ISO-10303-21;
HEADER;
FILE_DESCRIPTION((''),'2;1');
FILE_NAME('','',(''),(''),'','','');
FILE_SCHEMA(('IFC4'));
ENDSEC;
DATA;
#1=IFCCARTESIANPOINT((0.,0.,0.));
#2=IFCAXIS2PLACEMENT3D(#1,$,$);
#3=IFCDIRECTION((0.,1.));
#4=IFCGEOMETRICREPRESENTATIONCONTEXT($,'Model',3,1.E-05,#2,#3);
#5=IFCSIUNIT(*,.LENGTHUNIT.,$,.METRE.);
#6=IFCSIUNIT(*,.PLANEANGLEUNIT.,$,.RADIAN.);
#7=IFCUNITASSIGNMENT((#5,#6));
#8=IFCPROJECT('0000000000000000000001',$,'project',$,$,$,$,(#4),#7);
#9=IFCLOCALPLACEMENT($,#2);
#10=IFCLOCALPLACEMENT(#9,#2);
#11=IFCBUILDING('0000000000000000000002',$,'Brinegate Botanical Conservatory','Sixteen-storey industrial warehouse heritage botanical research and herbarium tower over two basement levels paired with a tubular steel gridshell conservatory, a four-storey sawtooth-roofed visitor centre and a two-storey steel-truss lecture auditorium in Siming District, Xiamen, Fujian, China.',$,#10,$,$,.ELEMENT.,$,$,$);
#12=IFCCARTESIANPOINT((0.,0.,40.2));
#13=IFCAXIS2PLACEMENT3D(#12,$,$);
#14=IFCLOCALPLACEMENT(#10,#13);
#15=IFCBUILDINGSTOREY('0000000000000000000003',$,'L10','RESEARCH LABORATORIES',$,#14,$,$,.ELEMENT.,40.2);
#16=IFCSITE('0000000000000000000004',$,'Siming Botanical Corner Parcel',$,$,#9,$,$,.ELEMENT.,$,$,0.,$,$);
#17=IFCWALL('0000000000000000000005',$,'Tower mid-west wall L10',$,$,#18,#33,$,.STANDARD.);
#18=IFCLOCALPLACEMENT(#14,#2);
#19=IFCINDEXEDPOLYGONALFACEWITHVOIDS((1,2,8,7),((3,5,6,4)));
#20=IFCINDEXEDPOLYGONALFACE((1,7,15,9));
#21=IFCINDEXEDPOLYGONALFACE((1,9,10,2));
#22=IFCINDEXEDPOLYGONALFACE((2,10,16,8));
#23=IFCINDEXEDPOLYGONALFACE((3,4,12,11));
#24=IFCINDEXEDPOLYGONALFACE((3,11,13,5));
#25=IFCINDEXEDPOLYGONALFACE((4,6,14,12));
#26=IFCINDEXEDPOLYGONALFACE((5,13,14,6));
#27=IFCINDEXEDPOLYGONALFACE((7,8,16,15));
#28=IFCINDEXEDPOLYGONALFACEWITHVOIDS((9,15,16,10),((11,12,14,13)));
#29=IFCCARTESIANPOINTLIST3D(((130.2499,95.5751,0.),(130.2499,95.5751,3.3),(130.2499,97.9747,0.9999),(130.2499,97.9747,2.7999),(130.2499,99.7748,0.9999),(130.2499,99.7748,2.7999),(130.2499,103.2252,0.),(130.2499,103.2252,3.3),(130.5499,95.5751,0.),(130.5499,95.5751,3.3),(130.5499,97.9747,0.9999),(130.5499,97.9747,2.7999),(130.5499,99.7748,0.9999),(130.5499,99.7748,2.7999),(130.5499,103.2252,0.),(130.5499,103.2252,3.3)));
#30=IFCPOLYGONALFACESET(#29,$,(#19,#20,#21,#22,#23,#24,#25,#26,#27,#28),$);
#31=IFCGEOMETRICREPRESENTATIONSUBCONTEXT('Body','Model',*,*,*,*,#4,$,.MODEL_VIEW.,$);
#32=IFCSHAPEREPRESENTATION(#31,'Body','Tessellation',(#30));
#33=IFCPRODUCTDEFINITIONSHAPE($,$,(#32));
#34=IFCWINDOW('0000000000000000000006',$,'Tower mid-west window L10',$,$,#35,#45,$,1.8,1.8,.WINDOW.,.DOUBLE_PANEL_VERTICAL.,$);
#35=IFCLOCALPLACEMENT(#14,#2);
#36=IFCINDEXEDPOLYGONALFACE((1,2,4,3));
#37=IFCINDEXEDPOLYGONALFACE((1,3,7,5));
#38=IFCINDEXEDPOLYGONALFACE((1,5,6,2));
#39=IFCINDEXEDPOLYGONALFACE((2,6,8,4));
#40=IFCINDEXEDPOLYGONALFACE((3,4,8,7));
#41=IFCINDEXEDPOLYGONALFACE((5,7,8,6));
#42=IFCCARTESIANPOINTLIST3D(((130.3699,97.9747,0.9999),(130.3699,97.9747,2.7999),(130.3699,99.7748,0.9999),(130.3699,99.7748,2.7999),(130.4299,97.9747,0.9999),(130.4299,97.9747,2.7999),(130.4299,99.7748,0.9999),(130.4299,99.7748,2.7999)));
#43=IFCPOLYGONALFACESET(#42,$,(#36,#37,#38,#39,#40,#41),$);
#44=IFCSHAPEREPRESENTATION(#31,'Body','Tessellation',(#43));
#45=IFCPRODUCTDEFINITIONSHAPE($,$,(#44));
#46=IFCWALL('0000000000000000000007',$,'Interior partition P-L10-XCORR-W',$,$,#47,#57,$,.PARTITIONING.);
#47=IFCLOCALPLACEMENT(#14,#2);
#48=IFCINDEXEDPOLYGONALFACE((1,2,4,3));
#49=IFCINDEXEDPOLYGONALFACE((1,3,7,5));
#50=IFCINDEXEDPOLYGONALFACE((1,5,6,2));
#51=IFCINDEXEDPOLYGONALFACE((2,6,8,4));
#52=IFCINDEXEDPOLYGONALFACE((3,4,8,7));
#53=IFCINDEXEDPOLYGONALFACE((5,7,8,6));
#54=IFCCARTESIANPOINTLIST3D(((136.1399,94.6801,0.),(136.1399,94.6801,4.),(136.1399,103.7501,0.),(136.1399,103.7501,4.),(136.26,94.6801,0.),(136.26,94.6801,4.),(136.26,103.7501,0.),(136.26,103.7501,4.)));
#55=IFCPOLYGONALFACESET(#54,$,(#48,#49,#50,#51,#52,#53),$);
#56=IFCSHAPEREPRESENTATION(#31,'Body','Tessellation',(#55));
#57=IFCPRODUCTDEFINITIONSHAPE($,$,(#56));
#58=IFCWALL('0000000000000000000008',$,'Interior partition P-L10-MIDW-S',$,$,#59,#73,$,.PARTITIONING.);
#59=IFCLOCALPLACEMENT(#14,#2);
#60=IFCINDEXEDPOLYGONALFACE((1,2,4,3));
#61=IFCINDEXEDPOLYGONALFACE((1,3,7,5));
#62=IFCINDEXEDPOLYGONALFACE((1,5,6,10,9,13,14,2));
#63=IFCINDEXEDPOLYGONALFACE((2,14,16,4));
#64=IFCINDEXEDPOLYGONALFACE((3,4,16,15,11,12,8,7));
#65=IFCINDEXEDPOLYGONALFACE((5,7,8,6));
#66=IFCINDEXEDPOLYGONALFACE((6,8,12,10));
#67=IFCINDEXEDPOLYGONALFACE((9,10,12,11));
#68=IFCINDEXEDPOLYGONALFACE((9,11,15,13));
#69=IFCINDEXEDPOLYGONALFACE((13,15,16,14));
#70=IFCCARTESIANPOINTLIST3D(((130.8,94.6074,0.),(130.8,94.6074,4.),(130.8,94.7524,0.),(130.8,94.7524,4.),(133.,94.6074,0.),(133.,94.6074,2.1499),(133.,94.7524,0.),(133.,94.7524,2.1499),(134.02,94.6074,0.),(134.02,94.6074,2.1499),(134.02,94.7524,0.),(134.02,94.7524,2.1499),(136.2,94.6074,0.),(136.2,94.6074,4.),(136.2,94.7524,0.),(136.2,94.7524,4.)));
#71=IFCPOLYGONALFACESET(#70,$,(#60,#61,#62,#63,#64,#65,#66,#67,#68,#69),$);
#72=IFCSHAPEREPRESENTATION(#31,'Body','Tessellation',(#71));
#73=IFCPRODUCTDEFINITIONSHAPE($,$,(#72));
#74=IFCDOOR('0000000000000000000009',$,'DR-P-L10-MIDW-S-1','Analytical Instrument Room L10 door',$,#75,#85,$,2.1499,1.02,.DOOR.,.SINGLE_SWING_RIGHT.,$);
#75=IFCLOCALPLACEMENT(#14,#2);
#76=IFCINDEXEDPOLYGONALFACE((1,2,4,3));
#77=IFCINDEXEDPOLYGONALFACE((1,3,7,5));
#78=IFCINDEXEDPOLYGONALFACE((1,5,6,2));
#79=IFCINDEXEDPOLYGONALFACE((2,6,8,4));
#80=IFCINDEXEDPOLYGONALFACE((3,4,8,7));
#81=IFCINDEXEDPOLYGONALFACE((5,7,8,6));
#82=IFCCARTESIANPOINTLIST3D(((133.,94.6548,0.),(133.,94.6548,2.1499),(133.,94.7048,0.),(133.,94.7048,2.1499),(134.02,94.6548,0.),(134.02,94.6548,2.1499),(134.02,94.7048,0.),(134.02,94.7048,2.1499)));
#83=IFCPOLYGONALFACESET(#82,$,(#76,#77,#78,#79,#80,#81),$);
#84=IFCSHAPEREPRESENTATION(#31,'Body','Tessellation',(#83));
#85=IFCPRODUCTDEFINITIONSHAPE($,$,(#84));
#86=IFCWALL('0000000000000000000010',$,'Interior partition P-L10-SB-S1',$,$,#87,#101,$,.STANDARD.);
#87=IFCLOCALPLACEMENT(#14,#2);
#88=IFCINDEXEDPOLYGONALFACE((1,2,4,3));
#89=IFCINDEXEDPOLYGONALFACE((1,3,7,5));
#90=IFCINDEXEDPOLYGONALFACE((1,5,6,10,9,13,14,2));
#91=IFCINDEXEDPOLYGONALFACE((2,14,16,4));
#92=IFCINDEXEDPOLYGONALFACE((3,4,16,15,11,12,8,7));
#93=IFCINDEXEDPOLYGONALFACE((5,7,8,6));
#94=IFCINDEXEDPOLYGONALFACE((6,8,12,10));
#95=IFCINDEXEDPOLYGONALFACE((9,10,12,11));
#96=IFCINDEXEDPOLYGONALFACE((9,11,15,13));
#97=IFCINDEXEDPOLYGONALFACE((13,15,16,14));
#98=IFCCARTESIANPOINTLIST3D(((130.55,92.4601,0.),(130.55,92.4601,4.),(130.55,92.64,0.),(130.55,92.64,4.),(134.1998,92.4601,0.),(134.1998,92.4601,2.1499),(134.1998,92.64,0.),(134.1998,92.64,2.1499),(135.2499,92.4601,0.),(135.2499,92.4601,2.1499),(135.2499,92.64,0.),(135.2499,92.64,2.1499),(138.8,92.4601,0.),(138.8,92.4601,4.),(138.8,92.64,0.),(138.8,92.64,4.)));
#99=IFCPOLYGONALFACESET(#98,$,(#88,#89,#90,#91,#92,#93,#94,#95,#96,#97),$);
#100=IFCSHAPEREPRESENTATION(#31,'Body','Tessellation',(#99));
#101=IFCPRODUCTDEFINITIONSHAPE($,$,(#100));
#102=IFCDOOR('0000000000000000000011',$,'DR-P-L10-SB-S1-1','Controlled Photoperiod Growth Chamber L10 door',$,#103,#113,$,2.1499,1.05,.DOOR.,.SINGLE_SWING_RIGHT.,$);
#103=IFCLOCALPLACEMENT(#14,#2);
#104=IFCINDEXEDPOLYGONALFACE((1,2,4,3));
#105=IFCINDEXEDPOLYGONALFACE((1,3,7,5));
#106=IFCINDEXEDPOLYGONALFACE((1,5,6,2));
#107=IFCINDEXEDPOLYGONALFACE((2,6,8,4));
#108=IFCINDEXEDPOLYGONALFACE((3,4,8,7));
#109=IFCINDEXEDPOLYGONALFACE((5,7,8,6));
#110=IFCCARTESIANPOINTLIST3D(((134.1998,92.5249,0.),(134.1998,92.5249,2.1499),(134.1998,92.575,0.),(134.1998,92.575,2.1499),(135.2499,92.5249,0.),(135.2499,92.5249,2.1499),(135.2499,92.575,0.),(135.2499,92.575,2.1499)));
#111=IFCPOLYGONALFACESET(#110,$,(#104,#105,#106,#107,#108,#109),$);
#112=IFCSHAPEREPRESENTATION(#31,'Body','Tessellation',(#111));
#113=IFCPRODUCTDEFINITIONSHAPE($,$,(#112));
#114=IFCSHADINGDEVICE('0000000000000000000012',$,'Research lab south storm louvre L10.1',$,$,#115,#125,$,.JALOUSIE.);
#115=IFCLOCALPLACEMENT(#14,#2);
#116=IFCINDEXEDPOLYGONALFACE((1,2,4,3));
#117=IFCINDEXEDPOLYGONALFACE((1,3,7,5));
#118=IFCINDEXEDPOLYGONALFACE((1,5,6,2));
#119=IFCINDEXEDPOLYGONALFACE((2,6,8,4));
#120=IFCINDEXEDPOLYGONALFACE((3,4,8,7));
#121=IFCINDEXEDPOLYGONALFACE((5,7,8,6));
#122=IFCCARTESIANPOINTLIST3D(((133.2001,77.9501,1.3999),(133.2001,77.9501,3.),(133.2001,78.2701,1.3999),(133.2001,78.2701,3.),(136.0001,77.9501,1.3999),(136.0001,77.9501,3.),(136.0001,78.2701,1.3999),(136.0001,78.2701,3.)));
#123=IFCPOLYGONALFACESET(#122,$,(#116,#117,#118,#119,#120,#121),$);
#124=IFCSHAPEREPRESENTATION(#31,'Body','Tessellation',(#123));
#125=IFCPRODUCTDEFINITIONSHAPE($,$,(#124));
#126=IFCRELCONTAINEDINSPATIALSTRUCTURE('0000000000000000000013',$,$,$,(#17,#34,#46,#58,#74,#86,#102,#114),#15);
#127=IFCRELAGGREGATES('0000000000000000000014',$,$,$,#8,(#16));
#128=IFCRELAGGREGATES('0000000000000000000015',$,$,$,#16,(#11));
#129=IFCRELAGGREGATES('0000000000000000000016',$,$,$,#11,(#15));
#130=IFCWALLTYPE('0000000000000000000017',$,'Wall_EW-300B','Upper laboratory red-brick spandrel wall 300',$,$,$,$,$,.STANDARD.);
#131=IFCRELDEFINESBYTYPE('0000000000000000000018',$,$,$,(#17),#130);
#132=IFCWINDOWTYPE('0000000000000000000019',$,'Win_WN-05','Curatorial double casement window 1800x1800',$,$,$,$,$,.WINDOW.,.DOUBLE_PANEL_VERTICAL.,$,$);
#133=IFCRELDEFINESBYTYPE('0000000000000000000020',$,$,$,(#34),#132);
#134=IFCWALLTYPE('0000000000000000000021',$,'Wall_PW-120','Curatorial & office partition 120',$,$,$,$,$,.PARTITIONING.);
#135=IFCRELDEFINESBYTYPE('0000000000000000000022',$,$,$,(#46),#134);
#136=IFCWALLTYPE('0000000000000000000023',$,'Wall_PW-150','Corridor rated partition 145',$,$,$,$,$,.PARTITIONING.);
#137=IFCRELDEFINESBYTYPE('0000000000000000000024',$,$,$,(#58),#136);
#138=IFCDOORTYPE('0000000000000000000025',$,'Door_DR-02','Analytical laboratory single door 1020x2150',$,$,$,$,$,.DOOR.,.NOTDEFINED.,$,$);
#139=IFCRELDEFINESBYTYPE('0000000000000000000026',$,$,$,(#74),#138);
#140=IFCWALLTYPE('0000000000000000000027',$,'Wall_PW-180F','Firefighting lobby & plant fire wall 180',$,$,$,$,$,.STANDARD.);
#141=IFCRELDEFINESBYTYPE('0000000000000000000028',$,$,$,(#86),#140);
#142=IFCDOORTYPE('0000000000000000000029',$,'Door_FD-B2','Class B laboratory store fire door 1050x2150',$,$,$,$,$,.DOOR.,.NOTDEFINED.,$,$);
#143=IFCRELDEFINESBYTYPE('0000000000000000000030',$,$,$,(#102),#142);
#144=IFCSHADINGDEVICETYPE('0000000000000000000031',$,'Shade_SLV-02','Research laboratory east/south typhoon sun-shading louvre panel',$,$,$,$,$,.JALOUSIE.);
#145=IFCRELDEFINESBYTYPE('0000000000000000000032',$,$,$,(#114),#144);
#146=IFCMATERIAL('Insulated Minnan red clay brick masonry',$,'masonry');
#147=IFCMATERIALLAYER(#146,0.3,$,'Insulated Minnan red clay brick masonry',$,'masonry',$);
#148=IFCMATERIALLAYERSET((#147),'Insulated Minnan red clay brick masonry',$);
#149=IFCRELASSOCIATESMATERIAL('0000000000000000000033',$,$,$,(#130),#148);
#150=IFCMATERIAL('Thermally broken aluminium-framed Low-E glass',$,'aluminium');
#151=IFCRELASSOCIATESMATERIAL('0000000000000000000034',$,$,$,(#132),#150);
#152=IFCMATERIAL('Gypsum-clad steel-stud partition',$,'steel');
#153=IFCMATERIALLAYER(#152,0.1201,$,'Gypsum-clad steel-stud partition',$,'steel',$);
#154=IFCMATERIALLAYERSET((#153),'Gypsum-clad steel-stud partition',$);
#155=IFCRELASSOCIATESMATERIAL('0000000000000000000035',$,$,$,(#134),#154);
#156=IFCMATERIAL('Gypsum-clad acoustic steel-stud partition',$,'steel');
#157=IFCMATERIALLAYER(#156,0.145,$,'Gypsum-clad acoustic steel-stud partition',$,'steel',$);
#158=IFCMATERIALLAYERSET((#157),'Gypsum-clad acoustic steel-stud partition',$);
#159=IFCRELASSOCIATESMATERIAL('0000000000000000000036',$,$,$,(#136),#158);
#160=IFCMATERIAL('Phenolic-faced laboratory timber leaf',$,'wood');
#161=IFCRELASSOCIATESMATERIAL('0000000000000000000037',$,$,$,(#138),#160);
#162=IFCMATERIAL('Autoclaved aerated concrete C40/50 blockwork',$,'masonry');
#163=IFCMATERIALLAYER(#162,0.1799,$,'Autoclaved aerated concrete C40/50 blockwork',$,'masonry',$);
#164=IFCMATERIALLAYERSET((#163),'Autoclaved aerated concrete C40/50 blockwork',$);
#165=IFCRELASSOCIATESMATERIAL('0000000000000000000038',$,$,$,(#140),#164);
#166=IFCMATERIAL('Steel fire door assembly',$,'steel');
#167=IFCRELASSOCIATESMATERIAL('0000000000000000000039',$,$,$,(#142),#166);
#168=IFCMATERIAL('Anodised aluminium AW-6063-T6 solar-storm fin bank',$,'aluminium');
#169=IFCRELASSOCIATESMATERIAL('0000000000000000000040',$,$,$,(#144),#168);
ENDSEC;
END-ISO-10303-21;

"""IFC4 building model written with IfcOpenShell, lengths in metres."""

from ifc_helpers import new_model, si_unit, direction, frame, frame_2d, origin, origin_2d, place, context, subcontext, project, spatial, rectangle, extrude, material, layer, layer_set, type_object, element, fill, save


model = new_model("IFC4")

# Units and contexts
model_context = context("Model", 3, precision=1e-05, world=origin(), true_north=direction((0.0, 1.0)))
body_context = subcontext(model_context, "Body", "Model", "MODEL_VIEW")
ifc_project = project(units=[si_unit("LENGTHUNIT", "METRE"), si_unit("PLANEANGLEUNIT", "RADIAN")], contexts=[model_context])

# Site, building, storey
site_placement = place(None, origin())
site = spatial("IfcSite", under=ifc_project, at=site_placement, Name="Siming Botanical Corner Parcel", CompositionType="ELEMENT", RefElevation=0.0)
building_placement = place(site_placement, origin())
building = spatial("IfcBuilding", under=site, at=building_placement, Name="Brinegate Botanical Conservatory", Description="Sixteen-storey industrial warehouse heritage botanical research and herbarium tower over two basement levels paired with a tubular steel gridshell conservatory, a four-storey sawtooth-roofed visitor centre and a two-storey steel-truss lecture auditorium in Siming District, Xiamen, Fujian, China.", CompositionType="ELEMENT")
storey_placement = place(building_placement, frame((0.0, 0.0, 40.2)))
storey = spatial("IfcBuildingStorey", under=building, at=storey_placement, Name="L10", Description="RESEARCH LABORATORIES", CompositionType="ELEMENT", Elevation=40.2)

# Wall, opening, window
ifc_material_1 = material(Name="Insulated Minnan red clay brick masonry", Category="masonry")
ifc_layer_1 = layer(ifc_material_1, 0.3, Name="Insulated Minnan red clay brick masonry", Category="masonry")
ifc_layer_set_1 = layer_set([ifc_layer_1], Name="Insulated Minnan red clay brick masonry")
wall_type_1 = type_object("IfcWallType", Name="Wall_EW-300B", Description="Upper laboratory red-brick spandrel wall 300", PredefinedType="STANDARD", material=ifc_layer_set_1)
ifc_material_2 = material(Name="Thermally broken aluminium-framed Low-E glass", Category="aluminium")
wall_1_placement = place(storey_placement, frame((130.3999, 95.575, 0.0), z_axis=(0.0, 0.0, 1.0), x_axis=(0.0, 1.0, 0.0)))
wall_1 = element("IfcWall", 1, at=wall_1_placement, inside=storey, type_object=wall_type_1, Name="Tower mid-west wall L10", PredefinedType="STANDARD", context=body_context, shape_type="SweptSolid", body=[
    extrude(rectangle(XDim=7.6501, YDim=0.3, at=frame_2d((3.8252, 0.0))), origin(), (0.0, 0.0, 1.0), 3.3),
])
opening_1_placement = place(wall_1_placement, frame((2.3999, 0.0, 1.0)))
opening_1 = element("IfcOpeningElement", 2, at=opening_1_placement, cuts=wall_1, PredefinedType="OPENING", context=body_context, shape_type="SweptSolid", body=[
    extrude(rectangle(XDim=1.8, YDim=1.8, at=frame_2d((0.8999, 0.8999))), frame((0.0, 0.1599, 0.0), z_axis=(0.0, -1.0, 0.0), x_axis=(1.0, 0.0, 0.0)), (0.0, 0.0, 1.0), 0.3201),
])
window_type_1 = type_object("IfcWindowType", Name="Win_WN-05", Description="Curatorial double casement window 1800x1800", PartitioningType="DOUBLE_PANEL_VERTICAL", PredefinedType="WINDOW", material=ifc_material_2)
window_1_placement = place(opening_1_placement, origin())
window_1 = element("IfcWindow", 3, at=window_1_placement, inside=storey, type_object=window_type_1, Name="Tower mid-west window L10", OverallHeight=1.8, OverallWidth=1.8, PartitioningType="DOUBLE_PANEL_VERTICAL", PredefinedType="WINDOW", context=body_context, shape_type="SweptSolid", body=[
    extrude(rectangle(XDim=1.8, YDim=1.8, at=frame_2d((0.8999, 0.8999))), frame((0.0, 0.03, 0.0), z_axis=(0.0, -1.0, 0.0), x_axis=(1.0, 0.0, 0.0)), (0.0, 0.0, 1.0), 0.0601),
])
fill(opening_1, window_1)

# Wall
ifc_material_3 = material(Name="Gypsum-clad steel-stud partition", Category="steel")
ifc_layer_2 = layer(ifc_material_3, 0.1201, Name="Gypsum-clad steel-stud partition", Category="steel")
ifc_layer_set_2 = layer_set([ifc_layer_2], Name="Gypsum-clad steel-stud partition")
wall_type_2 = type_object("IfcWallType", Name="Wall_PW-120", Description="Curatorial & office partition 120", PredefinedType="PARTITIONING", material=ifc_layer_set_2)
wall_2_placement = place(storey_placement, frame((136.2, 94.6799, 0.0), z_axis=(0.0, 0.0, 1.0), x_axis=(0.0, 1.0, 0.0)))
element("IfcWall", 4, at=wall_2_placement, inside=storey, type_object=wall_type_2, Name="Interior partition P-L10-XCORR-W", PredefinedType="PARTITIONING", context=body_context, shape_type="SweptSolid", body=[
    extrude(rectangle(XDim=9.0701, YDim=0.1201, at=frame_2d((4.5352, 0.0))), origin(), (0.0, 0.0, 1.0), 4.0),
])

# Walls, openings, doors
ifc_material_4 = material(Name="Gypsum-clad acoustic steel-stud partition", Category="steel")
ifc_layer_3 = layer(ifc_material_4, 0.145, Name="Gypsum-clad acoustic steel-stud partition", Category="steel")
ifc_layer_set_3 = layer_set([ifc_layer_3], Name="Gypsum-clad acoustic steel-stud partition")
wall_type_3 = type_object("IfcWallType", Name="Wall_PW-150", Description="Corridor rated partition 145", PredefinedType="PARTITIONING", material=ifc_layer_set_3)
wall_3_placement = place(storey_placement, frame((130.8, 94.6799, 0.0), z_axis=(0.0, 0.0, 1.0), x_axis=(1.0, 0.0, 0.0)))
wall_3 = element("IfcWall", 5, at=wall_3_placement, inside=storey, type_object=wall_type_3, Name="Interior partition P-L10-MIDW-S", PredefinedType="PARTITIONING", context=body_context, shape_type="SweptSolid", body=[
    extrude(rectangle(XDim=5.3999, YDim=0.145, at=frame_2d((2.7, 0.0))), origin(), (0.0, 0.0, 1.0), 4.0),
])
opening_2_placement = place(wall_3_placement, frame((2.2, 0.0, 0.0)))
opening_2 = element("IfcOpeningElement", 6, at=opening_2_placement, cuts=wall_3, PredefinedType="OPENING", context=body_context, shape_type="SweptSolid", body=[
    extrude(rectangle(XDim=1.02, YDim=2.1499, at=frame_2d((0.51, 1.075))), frame((0.0, 0.0825, 0.0), z_axis=(0.0, -1.0, 0.0), x_axis=(1.0, 0.0, 0.0)), (0.0, 0.0, 1.0), 0.165),
])
ifc_material_5 = material(Name="Phenolic-faced laboratory timber leaf", Category="wood")
door_type_1 = type_object("IfcDoorType", Name="Door_DR-02", Description="Analytical laboratory single door 1020x2150", OperationType="NOTDEFINED", PredefinedType="DOOR", material=ifc_material_5)
door_1_placement = place(opening_2_placement, origin())
door_1 = element("IfcDoor", 7, at=door_1_placement, inside=storey, type_object=door_type_1, Name="DR-P-L10-MIDW-S-1", Description="Analytical Instrument Room L10 door", OperationType="SINGLE_SWING_RIGHT", OverallHeight=2.1499, OverallWidth=1.02, PredefinedType="DOOR", context=body_context, shape_type="SweptSolid", body=[
    extrude(rectangle(XDim=1.02, YDim=2.1499, at=frame_2d((0.51, 1.075))), frame((0.0, 0.0249, 0.0), z_axis=(0.0, -1.0, 0.0), x_axis=(1.0, 0.0, 0.0)), (0.0, 0.0, 1.0), 0.05),
])
fill(opening_2, door_1)
ifc_material_6 = material(Name="Autoclaved aerated concrete C40/50 blockwork", Category="masonry")
ifc_layer_4 = layer(ifc_material_6, 0.1799, Name="Autoclaved aerated concrete C40/50 blockwork", Category="masonry")
ifc_layer_set_4 = layer_set([ifc_layer_4], Name="Autoclaved aerated concrete C40/50 blockwork")
wall_type_4 = type_object("IfcWallType", Name="Wall_PW-180F", Description="Firefighting lobby & plant fire wall 180", PredefinedType="STANDARD", material=ifc_layer_set_4)
wall_4_placement = place(storey_placement, frame((130.55, 92.55, 0.0), z_axis=(0.0, 0.0, 1.0), x_axis=(1.0, 0.0, 0.0)))
wall_4 = element("IfcWall", 8, at=wall_4_placement, inside=storey, type_object=wall_type_4, Name="Interior partition P-L10-SB-S1", PredefinedType="STANDARD", context=body_context, shape_type="SweptSolid", body=[
    extrude(rectangle(XDim=8.25, YDim=0.1799, at=frame_2d((4.125, 0.0))), origin(), (0.0, 0.0, 1.0), 4.0),
])
opening_3_placement = place(wall_4_placement, frame((3.6499, 0.0, 0.0)))
opening_3 = element("IfcOpeningElement", 9, at=opening_3_placement, cuts=wall_4, PredefinedType="OPENING", context=body_context, shape_type="SweptSolid", body=[
    extrude(rectangle(XDim=1.05, YDim=2.1499, at=frame_2d((0.5249, 1.075))), frame((0.0, 0.0999, 0.0), z_axis=(0.0, -1.0, 0.0), x_axis=(1.0, 0.0, 0.0)), (0.0, 0.0, 1.0), 0.2),
])
ifc_material_7 = material(Name="Steel fire door assembly", Category="steel")
door_type_2 = type_object("IfcDoorType", Name="Door_FD-B2", Description="Class B laboratory store fire door 1050x2150", OperationType="NOTDEFINED", PredefinedType="DOOR", material=ifc_material_7)
door_2_placement = place(opening_3_placement, origin())
door_2 = element("IfcDoor", 10, at=door_2_placement, inside=storey, type_object=door_type_2, Name="DR-P-L10-SB-S1-1", Description="Controlled Photoperiod Growth Chamber L10 door", OperationType="SINGLE_SWING_RIGHT", OverallHeight=2.1499, OverallWidth=1.05, PredefinedType="DOOR", context=body_context, shape_type="SweptSolid", body=[
    extrude(rectangle(XDim=1.05, YDim=2.1499, at=frame_2d((0.5249, 1.075))), frame((0.0, 0.0249, 0.0), z_axis=(0.0, -1.0, 0.0), x_axis=(1.0, 0.0, 0.0)), (0.0, 0.0, 1.0), 0.05),
])
fill(opening_3, door_2)

# Shading device
ifc_material_8 = material(Name="Anodised aluminium AW-6063-T6 solar-storm fin bank", Category="aluminium")
shading_device_type = type_object("IfcShadingDeviceType", Name="Shade_SLV-02", Description="Research laboratory east/south typhoon sun-shading louvre panel", PredefinedType="JALOUSIE", material=ifc_material_8)
shading_device_placement = place(storey_placement, frame((134.6001, 78.1101, 1.3999), z_axis=(0.0, 0.0, 1.0), x_axis=(1.0, 0.0, 0.0)))
element("IfcShadingDevice", 11, at=shading_device_placement, inside=storey, type_object=shading_device_type, Name="Research lab south storm louvre L10.1", PredefinedType="JALOUSIE", context=body_context, shape_type="SweptSolid", body=[
    extrude(rectangle(XDim=2.8, YDim=0.3201, at=origin_2d()), origin(), (0.0, 0.0, 1.0), 1.6001),
])

save(model, "model.ifc")
